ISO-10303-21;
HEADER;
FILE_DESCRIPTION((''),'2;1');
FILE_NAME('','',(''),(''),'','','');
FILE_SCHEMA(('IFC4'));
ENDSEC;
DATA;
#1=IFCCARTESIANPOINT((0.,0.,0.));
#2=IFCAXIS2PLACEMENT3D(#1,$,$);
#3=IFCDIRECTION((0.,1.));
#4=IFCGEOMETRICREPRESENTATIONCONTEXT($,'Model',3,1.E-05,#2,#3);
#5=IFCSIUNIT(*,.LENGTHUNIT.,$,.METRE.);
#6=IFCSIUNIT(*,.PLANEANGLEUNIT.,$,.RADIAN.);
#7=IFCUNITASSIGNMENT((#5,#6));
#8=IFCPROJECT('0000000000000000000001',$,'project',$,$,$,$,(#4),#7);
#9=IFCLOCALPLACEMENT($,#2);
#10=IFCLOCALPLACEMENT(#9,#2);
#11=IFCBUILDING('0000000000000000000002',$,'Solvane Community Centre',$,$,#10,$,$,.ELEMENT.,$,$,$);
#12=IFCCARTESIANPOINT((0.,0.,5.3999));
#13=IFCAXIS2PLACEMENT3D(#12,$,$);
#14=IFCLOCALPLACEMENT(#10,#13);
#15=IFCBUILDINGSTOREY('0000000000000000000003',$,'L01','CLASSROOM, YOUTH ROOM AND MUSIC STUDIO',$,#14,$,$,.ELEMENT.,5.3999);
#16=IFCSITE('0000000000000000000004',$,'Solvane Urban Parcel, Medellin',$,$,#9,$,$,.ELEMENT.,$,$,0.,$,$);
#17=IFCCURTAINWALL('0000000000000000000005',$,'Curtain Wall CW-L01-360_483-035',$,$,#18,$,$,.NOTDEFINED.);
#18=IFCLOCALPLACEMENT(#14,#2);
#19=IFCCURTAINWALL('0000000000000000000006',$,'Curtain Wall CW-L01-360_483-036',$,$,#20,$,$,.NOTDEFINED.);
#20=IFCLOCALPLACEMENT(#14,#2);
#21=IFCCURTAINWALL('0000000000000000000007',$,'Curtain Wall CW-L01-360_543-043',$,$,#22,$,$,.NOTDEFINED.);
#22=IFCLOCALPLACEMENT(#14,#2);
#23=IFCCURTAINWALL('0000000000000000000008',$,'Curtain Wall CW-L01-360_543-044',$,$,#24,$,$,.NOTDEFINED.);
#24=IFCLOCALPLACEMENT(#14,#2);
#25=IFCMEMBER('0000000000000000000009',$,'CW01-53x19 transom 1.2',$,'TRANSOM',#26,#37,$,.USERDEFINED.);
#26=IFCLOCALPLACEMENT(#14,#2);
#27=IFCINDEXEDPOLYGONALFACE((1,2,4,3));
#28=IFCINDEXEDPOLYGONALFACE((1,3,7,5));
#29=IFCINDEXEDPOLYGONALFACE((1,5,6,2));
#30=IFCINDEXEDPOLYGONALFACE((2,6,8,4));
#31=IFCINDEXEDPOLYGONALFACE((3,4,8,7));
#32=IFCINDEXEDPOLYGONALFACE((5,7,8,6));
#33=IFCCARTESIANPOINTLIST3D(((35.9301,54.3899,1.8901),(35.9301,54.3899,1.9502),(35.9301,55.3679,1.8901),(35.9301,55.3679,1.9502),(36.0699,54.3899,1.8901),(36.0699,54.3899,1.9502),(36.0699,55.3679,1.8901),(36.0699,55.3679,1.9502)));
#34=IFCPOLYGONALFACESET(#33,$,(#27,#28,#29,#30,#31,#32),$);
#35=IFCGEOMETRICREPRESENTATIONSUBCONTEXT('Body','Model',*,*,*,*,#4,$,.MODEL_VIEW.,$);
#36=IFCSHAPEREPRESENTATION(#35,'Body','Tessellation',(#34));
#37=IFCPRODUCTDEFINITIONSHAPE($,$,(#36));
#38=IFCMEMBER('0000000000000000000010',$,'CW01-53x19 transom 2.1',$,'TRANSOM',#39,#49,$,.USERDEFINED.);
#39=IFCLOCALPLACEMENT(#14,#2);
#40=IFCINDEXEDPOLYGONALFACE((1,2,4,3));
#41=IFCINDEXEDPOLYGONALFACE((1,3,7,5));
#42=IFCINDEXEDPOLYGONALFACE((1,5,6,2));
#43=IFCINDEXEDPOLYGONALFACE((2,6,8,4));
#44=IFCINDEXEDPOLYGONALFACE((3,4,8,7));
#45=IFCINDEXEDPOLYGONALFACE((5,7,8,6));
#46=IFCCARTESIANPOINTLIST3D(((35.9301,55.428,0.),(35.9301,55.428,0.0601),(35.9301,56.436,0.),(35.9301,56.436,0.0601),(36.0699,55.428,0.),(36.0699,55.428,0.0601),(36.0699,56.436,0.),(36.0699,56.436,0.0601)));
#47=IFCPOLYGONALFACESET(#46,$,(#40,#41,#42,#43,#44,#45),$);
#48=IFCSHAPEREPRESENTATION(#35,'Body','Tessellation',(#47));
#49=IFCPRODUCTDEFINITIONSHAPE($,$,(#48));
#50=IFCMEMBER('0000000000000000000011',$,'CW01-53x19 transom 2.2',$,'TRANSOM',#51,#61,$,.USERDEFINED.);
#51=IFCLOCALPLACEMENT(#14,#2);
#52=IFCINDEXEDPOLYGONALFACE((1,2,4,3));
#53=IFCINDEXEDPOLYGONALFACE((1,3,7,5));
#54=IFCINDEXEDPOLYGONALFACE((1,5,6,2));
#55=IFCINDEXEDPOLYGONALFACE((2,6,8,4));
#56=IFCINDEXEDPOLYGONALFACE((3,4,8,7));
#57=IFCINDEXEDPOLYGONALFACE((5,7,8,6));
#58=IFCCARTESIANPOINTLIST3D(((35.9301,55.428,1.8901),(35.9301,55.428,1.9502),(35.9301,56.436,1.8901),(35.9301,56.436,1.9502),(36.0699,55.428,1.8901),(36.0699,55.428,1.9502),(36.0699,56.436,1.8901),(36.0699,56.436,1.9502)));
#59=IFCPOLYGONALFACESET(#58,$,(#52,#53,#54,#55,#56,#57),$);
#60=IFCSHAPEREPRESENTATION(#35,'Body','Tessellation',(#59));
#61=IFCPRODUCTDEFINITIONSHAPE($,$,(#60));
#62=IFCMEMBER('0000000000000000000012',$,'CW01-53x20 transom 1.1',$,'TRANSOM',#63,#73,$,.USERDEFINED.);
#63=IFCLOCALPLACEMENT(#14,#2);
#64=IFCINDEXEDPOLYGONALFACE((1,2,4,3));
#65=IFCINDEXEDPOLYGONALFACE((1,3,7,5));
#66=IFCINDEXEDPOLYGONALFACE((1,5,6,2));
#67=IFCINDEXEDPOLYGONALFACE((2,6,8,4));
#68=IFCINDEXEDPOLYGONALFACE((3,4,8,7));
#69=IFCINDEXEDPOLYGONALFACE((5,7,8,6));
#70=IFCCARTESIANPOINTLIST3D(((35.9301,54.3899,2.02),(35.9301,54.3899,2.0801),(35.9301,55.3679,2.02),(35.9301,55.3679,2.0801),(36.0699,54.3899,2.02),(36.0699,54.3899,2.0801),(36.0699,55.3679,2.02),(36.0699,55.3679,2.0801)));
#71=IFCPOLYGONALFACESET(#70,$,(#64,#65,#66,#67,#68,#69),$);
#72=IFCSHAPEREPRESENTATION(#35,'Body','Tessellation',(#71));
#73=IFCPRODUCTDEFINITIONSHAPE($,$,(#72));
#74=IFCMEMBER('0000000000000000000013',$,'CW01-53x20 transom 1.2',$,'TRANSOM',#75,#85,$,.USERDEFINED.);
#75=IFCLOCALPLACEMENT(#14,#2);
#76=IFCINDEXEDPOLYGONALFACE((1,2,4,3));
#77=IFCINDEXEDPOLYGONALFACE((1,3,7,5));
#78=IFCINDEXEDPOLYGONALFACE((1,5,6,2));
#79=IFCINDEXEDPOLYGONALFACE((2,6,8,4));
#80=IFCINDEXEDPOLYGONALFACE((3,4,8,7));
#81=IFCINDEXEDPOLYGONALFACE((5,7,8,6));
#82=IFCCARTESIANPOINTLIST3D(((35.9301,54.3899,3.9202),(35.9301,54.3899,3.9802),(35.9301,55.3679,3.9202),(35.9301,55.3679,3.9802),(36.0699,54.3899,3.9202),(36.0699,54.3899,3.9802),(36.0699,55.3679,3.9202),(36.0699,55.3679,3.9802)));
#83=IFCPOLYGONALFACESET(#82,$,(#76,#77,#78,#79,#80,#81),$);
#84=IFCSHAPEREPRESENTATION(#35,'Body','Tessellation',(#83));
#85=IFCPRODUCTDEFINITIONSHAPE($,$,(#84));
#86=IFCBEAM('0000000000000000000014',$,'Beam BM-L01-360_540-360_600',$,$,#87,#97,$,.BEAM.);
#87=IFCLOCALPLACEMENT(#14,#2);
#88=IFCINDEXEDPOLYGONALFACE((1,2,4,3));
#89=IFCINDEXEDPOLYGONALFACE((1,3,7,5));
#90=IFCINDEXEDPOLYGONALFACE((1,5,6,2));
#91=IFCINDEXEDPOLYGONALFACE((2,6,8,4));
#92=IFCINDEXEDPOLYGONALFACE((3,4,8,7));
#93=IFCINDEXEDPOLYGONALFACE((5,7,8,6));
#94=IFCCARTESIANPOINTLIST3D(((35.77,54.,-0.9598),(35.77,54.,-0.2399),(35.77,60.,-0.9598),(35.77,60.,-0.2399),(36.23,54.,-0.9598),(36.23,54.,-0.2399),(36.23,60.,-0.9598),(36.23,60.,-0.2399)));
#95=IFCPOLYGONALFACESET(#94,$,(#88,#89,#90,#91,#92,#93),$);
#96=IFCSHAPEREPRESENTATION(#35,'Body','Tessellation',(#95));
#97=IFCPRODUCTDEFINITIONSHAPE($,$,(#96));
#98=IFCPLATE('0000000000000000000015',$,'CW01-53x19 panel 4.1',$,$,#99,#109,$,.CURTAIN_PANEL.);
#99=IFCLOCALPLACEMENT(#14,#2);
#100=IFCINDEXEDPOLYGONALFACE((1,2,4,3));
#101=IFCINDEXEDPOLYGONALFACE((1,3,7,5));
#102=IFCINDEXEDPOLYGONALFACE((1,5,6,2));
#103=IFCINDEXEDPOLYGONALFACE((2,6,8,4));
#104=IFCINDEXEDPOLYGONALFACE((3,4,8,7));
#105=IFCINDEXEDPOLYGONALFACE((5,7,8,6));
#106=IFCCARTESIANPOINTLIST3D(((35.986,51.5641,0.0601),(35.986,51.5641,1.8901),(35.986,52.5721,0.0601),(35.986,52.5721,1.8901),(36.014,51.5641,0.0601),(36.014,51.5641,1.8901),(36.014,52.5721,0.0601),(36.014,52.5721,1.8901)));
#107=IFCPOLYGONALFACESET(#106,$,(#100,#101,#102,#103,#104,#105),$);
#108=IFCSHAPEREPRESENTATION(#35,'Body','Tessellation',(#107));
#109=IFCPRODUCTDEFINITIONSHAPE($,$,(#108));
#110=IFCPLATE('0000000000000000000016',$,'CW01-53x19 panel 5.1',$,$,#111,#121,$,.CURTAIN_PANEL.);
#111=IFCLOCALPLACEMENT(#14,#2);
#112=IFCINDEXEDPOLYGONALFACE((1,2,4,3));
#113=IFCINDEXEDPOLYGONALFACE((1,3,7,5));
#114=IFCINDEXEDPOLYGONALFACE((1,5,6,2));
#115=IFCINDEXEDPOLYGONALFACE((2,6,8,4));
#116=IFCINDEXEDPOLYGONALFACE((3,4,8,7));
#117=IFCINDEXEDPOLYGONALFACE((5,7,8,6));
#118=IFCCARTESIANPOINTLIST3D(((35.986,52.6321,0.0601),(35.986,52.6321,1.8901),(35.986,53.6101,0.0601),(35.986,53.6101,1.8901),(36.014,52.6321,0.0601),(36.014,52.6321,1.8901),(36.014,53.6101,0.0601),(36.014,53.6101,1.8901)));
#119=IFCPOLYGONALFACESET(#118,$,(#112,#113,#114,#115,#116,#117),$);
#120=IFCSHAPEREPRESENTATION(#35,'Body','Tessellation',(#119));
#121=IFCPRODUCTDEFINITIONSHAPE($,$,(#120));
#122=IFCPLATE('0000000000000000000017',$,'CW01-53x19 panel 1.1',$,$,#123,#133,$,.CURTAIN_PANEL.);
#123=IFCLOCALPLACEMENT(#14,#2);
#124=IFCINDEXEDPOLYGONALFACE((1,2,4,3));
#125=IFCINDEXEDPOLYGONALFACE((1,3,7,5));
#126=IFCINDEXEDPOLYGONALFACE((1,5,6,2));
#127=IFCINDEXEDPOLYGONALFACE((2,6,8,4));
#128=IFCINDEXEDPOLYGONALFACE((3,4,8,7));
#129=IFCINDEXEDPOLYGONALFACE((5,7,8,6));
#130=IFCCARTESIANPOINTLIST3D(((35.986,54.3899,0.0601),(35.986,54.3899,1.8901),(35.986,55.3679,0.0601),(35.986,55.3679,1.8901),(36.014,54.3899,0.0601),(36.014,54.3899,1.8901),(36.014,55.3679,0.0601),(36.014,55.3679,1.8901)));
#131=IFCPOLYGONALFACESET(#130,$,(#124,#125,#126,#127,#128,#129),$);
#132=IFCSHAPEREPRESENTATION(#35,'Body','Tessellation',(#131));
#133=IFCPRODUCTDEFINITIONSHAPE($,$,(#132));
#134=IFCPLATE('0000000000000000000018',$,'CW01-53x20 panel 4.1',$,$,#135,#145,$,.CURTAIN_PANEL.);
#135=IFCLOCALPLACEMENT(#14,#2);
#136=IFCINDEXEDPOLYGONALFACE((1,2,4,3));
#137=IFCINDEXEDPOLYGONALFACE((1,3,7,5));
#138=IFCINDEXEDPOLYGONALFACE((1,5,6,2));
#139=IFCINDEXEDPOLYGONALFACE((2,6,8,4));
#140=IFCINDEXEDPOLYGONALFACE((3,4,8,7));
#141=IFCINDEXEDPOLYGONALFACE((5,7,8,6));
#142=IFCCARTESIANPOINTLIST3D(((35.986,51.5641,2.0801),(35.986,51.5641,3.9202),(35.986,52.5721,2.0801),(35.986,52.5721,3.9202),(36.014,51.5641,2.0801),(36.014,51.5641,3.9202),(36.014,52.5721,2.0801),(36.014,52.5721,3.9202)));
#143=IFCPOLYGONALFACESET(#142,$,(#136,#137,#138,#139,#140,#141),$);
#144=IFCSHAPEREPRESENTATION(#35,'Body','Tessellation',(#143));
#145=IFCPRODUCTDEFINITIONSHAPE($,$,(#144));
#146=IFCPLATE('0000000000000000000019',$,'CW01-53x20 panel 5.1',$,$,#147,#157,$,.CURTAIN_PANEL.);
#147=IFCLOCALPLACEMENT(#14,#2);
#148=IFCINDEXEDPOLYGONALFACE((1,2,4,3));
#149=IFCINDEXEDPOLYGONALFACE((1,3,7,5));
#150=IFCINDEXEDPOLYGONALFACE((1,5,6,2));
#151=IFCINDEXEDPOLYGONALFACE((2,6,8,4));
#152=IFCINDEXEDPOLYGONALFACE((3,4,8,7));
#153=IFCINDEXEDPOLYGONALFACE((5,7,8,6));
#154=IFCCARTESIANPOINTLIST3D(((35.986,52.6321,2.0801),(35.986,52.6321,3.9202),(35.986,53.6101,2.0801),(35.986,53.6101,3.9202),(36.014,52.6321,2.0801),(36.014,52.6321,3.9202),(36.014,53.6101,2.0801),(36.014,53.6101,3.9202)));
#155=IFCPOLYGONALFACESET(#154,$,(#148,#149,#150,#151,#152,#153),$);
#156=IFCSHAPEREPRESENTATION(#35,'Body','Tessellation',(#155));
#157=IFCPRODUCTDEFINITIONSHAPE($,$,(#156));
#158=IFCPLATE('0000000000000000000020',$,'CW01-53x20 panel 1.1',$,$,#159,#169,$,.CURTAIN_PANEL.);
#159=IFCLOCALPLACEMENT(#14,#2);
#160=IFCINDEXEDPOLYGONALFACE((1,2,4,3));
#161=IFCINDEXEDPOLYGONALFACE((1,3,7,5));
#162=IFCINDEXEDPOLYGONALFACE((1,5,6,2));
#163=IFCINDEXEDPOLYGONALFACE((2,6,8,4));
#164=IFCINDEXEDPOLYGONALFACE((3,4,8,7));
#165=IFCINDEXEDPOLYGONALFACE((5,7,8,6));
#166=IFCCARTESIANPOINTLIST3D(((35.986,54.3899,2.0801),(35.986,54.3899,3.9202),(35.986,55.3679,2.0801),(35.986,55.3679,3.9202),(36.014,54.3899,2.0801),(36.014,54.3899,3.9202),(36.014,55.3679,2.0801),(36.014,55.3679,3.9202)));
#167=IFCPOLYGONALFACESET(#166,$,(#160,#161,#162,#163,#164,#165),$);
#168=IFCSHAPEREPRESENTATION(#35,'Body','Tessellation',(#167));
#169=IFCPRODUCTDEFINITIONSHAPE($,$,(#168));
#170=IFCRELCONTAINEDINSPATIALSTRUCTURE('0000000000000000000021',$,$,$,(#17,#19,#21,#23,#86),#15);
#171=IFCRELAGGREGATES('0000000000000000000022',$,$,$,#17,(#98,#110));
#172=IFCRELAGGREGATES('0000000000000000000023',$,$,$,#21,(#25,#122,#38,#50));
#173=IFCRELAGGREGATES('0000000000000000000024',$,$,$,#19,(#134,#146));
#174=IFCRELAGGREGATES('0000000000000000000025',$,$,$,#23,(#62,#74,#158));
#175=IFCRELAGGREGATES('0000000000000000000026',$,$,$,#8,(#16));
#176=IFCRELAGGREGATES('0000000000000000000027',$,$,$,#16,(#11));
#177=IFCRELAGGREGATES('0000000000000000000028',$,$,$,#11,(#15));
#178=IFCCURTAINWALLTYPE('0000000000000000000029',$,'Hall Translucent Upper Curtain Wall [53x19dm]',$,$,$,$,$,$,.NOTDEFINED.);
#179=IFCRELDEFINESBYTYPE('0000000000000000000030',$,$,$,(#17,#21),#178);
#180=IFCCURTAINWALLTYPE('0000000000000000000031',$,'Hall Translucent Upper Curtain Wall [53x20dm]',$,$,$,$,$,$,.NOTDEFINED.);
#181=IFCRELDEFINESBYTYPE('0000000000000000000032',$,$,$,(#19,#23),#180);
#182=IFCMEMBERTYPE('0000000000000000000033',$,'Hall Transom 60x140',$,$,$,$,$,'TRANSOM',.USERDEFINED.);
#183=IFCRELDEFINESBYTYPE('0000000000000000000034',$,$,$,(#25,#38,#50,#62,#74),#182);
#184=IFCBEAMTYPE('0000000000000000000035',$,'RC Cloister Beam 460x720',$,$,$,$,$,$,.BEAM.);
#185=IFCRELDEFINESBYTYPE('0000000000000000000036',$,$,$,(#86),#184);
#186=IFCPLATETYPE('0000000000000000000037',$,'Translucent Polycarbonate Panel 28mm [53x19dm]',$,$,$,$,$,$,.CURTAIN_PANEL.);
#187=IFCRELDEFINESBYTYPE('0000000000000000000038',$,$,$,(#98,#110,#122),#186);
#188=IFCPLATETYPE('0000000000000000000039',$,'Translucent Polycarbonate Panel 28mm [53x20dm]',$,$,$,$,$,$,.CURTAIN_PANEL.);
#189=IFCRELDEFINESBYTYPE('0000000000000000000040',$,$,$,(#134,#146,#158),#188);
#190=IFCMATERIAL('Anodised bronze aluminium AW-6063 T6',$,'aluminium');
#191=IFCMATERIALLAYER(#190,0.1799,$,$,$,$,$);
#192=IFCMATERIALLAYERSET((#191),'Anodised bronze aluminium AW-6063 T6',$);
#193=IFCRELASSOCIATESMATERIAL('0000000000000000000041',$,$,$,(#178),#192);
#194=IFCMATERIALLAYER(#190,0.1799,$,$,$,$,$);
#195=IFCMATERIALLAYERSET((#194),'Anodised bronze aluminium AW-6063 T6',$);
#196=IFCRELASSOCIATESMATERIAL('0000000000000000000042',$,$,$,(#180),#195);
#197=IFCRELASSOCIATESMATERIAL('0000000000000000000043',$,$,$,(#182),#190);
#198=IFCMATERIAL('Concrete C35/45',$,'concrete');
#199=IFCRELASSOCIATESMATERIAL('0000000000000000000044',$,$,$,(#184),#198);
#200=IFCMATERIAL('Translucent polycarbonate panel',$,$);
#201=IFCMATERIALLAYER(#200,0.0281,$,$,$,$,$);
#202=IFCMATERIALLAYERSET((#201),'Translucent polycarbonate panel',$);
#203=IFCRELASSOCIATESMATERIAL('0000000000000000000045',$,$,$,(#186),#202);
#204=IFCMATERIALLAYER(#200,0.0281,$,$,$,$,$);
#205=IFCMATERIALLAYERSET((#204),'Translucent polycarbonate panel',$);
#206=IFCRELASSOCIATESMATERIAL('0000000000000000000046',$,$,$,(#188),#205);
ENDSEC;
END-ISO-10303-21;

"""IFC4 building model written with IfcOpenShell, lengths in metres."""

from ifc_helpers import new_model, si_unit, direction, frame, origin, origin_2d, place, context, subcontext, project, spatial, rectangle, extrude, material, layer, layer_set, material_profile, profile_set, type_object, element, aggregate, save


model = new_model("IFC4")

# Units and contexts
model_context = context("Model", 3, precision=1e-05, world=origin(), true_north=direction((0.0, 1.0)))
body_context = subcontext(model_context, "Body", "Model", "MODEL_VIEW")
ifc_project = project(units=[si_unit("LENGTHUNIT", "METRE"), si_unit("PLANEANGLEUNIT", "RADIAN")], contexts=[model_context])

# Site, building, storey
site_placement = place(None, origin())
site = spatial("IfcSite", under=ifc_project, at=site_placement, Name="Solvane Urban Parcel, Medellin", CompositionType="ELEMENT", RefElevation=0.0)
building_placement = place(site_placement, origin())
building = spatial("IfcBuilding", under=site, at=building_placement, Name="Solvane Community Centre", CompositionType="ELEMENT")
storey_placement = place(building_placement, frame((0.0, 0.0, 5.3999)))
storey = spatial("IfcBuildingStorey", under=building, at=storey_placement, Name="L01", Description="CLASSROOM, YOUTH ROOM AND MUSIC STUDIO", CompositionType="ELEMENT", Elevation=5.3999)

# Shared definitions
ifc_material_1 = material(Name="Concrete C35/45", Category="concrete")

# Curtain walls
ifc_material_2 = material(Name="Anodised bronze aluminium AW-6063 T6", Category="aluminium")
ifc_layer_1 = layer(ifc_material_2, 0.1799)
ifc_layer_set_1 = layer_set([ifc_layer_1], Name="Anodised bronze aluminium AW-6063 T6")
curtain_wall_type_1 = type_object("IfcCurtainWallType", Name="Hall Translucent Upper Curtain Wall [53x19dm]", PredefinedType="NOTDEFINED", material=ifc_layer_set_1)
curtain_wall_1_placement = place(storey_placement, origin())
curtain_wall_1 = element("IfcCurtainWall", 1, at=curtain_wall_1_placement, inside=storey, type_object=curtain_wall_type_1, Name="Curtain Wall CW-L01-360_483-035", PredefinedType="NOTDEFINED")
ifc_layer_2 = layer(ifc_material_2, 0.1799)
ifc_layer_set_2 = layer_set([ifc_layer_2], Name="Anodised bronze aluminium AW-6063 T6")
curtain_wall_type_2 = type_object("IfcCurtainWallType", Name="Hall Translucent Upper Curtain Wall [53x20dm]", PredefinedType="NOTDEFINED", material=ifc_layer_set_2)
curtain_wall_2_placement = place(storey_placement, origin())
curtain_wall_2 = element("IfcCurtainWall", 2, at=curtain_wall_2_placement, inside=storey, type_object=curtain_wall_type_2, Name="Curtain Wall CW-L01-360_483-036", PredefinedType="NOTDEFINED")
curtain_wall_3_placement = place(storey_placement, origin())
curtain_wall_3 = element("IfcCurtainWall", 3, at=curtain_wall_3_placement, inside=storey, type_object=curtain_wall_type_1, Name="Curtain Wall CW-L01-360_543-043", PredefinedType="NOTDEFINED")
curtain_wall_4_placement = place(storey_placement, origin())
curtain_wall_4 = element("IfcCurtainWall", 4, at=curtain_wall_4_placement, inside=storey, type_object=curtain_wall_type_2, Name="Curtain Wall CW-L01-360_543-044", PredefinedType="NOTDEFINED")

# Members
ifc_material_profile_1 = material_profile(ifc_material_2, rectangle(XDim=0.1399, YDim=0.0601, at=origin_2d()), Name="CW-T 60x140")
ifc_profile_set_1 = profile_set([ifc_material_profile_1], Name="Anodised bronze aluminium AW-6063 T6")
member_type_1 = type_object("IfcMemberType", Name="Hall Transom 60x140", ElementType="TRANSOM", PredefinedType="USERDEFINED", material=ifc_profile_set_1)
member_1_placement = place(storey_placement, frame((36.0, 54.3899, 1.9202), z_axis=(0.0, 1.0, 0.0), x_axis=(-1.0, 0.0, 0.0)))
member_1 = element("IfcMember", 5, at=member_1_placement, type_object=member_type_1, Name="CW01-53x19 transom 1.2", ObjectType="TRANSOM", PredefinedType="USERDEFINED", context=body_context, shape_type="SweptSolid", body=[
    extrude(rectangle(XDim=0.1399, YDim=0.0601, at=origin_2d()), origin(), (0.0, 0.0, 1.0), 0.978),
])
member_2_placement = place(storey_placement, frame((36.0, 55.428, 0.03), z_axis=(0.0, 1.0, 0.0), x_axis=(-1.0, 0.0, 0.0)))
member_2 = element("IfcMember", 6, at=member_2_placement, type_object=member_type_1, Name="CW01-53x19 transom 2.1", ObjectType="TRANSOM", PredefinedType="USERDEFINED", context=body_context, shape_type="SweptSolid", body=[
    extrude(rectangle(XDim=0.1399, YDim=0.0601, at=origin_2d()), origin(), (0.0, 0.0, 1.0), 1.0081),
])
member_3_placement = place(storey_placement, frame((36.0, 55.428, 1.9202), z_axis=(0.0, 1.0, 0.0), x_axis=(-1.0, 0.0, 0.0)))
member_3 = element("IfcMember", 7, at=member_3_placement, type_object=member_type_1, Name="CW01-53x19 transom 2.2", ObjectType="TRANSOM", PredefinedType="USERDEFINED", context=body_context, shape_type="SweptSolid", body=[
    extrude(rectangle(XDim=0.1399, YDim=0.0601, at=origin_2d()), origin(), (0.0, 0.0, 1.0), 1.0081),
])
member_4_placement = place(storey_placement, frame((36.0, 54.3899, 2.05), z_axis=(0.0, 1.0, 0.0), x_axis=(-1.0, 0.0, 0.0)))
member_4 = element("IfcMember", 8, at=member_4_placement, type_object=member_type_1, Name="CW01-53x20 transom 1.1", ObjectType="TRANSOM", PredefinedType="USERDEFINED", context=body_context, shape_type="SweptSolid", body=[
    extrude(rectangle(XDim=0.1399, YDim=0.0601, at=origin_2d()), origin(), (0.0, 0.0, 1.0), 0.978),
])
member_5_placement = place(storey_placement, frame((36.0, 54.3899, 3.9502), z_axis=(0.0, 1.0, 0.0), x_axis=(-1.0, 0.0, 0.0)))
member_5 = element("IfcMember", 9, at=member_5_placement, type_object=member_type_1, Name="CW01-53x20 transom 1.2", ObjectType="TRANSOM", PredefinedType="USERDEFINED", context=body_context, shape_type="SweptSolid", body=[
    extrude(rectangle(XDim=0.1399, YDim=0.0601, at=origin_2d()), origin(), (0.0, 0.0, 1.0), 0.978),
])

# Beam
ifc_material_profile_2 = material_profile(ifc_material_1, rectangle(XDim=0.46, YDim=0.72, at=origin_2d()), Name="RC 460x720")
ifc_profile_set_2 = profile_set([ifc_material_profile_2], Name="Concrete C35/45")
beam_type = type_object("IfcBeamType", Name="RC Cloister Beam 460x720", PredefinedType="BEAM", material=ifc_profile_set_2)
beam_placement = place(storey_placement, frame((36.0, 54.0, -0.5999), z_axis=(0.0, 1.0, 0.0), x_axis=(-1.0, 0.0, 0.0)))
element("IfcBeam", 10, at=beam_placement, inside=storey, type_object=beam_type, Name="Beam BM-L01-360_540-360_600", PredefinedType="BEAM", context=body_context, shape_type="SweptSolid", body=[
    extrude(rectangle(XDim=0.46, YDim=0.72, at=origin_2d()), origin(), (0.0, 0.0, 1.0), 6.0),
])

# Plates
ifc_material_3 = material(Name="Translucent polycarbonate panel")
ifc_layer_3 = layer(ifc_material_3, 0.0281)
ifc_layer_set_3 = layer_set([ifc_layer_3], Name="Translucent polycarbonate panel")
plate_type_1 = type_object("IfcPlateType", Name="Translucent Polycarbonate Panel 28mm [53x19dm]", PredefinedType="CURTAIN_PANEL", material=ifc_layer_set_3)
plate_1_placement = place(storey_placement, frame((36.0, 52.0681, 0.0601), z_axis=(0.0, 0.0, 1.0), x_axis=(0.0, 1.0, 0.0)))
plate_1 = element("IfcPlate", 11, at=plate_1_placement, type_object=plate_type_1, Name="CW01-53x19 panel 4.1", PredefinedType="CURTAIN_PANEL", context=body_context, shape_type="SweptSolid", body=[
    extrude(rectangle(XDim=1.0081, YDim=0.0281, at=origin_2d()), origin(), (0.0, 0.0, 1.0), 1.8301),
])
plate_2_placement = place(storey_placement, frame((36.0, 53.1211, 0.0601), z_axis=(0.0, 0.0, 1.0), x_axis=(0.0, 1.0, 0.0)))
plate_2 = element("IfcPlate", 12, at=plate_2_placement, type_object=plate_type_1, Name="CW01-53x19 panel 5.1", PredefinedType="CURTAIN_PANEL", context=body_context, shape_type="SweptSolid", body=[
    extrude(rectangle(XDim=0.978, YDim=0.0281, at=origin_2d()), origin(), (0.0, 0.0, 1.0), 1.8301),
])
aggregate(curtain_wall_1, [plate_1, plate_2])
plate_3_placement = place(storey_placement, frame((36.0, 54.8789, 0.0601), z_axis=(0.0, 0.0, 1.0), x_axis=(0.0, 1.0, 0.0)))
plate_3 = element("IfcPlate", 13, at=plate_3_placement, type_object=plate_type_1, Name="CW01-53x19 panel 1.1", PredefinedType="CURTAIN_PANEL", context=body_context, shape_type="SweptSolid", body=[
    extrude(rectangle(XDim=0.978, YDim=0.0281, at=origin_2d()), origin(), (0.0, 0.0, 1.0), 1.8301),
])
aggregate(curtain_wall_3, [member_1, plate_3, member_2, member_3])
ifc_layer_4 = layer(ifc_material_3, 0.0281)
ifc_layer_set_4 = layer_set([ifc_layer_4], Name="Translucent polycarbonate panel")
plate_type_2 = type_object("IfcPlateType", Name="Translucent Polycarbonate Panel 28mm [53x20dm]", PredefinedType="CURTAIN_PANEL", material=ifc_layer_set_4)
plate_4_placement = place(storey_placement, frame((36.0, 52.0681, 2.0801), z_axis=(0.0, 0.0, 1.0), x_axis=(0.0, 1.0, 0.0)))
plate_4 = element("IfcPlate", 14, at=plate_4_placement, type_object=plate_type_2, Name="CW01-53x20 panel 4.1", PredefinedType="CURTAIN_PANEL", context=body_context, shape_type="SweptSolid", body=[
    extrude(rectangle(XDim=1.0081, YDim=0.0281, at=origin_2d()), origin(), (0.0, 0.0, 1.0), 1.8401),
])
plate_5_placement = place(storey_placement, frame((36.0, 53.1211, 2.0801), z_axis=(0.0, 0.0, 1.0), x_axis=(0.0, 1.0, 0.0)))
plate_5 = element("IfcPlate", 15, at=plate_5_placement, type_object=plate_type_2, Name="CW01-53x20 panel 5.1", PredefinedType="CURTAIN_PANEL", context=body_context, shape_type="SweptSolid", body=[
    extrude(rectangle(XDim=0.978, YDim=0.0281, at=origin_2d()), origin(), (0.0, 0.0, 1.0), 1.8401),
])
aggregate(curtain_wall_2, [plate_4, plate_5])
plate_6_placement = place(storey_placement, frame((36.0, 54.8789, 2.0801), z_axis=(0.0, 0.0, 1.0), x_axis=(0.0, 1.0, 0.0)))
plate_6 = element("IfcPlate", 16, at=plate_6_placement, type_object=plate_type_2, Name="CW01-53x20 panel 1.1", PredefinedType="CURTAIN_PANEL", context=body_context, shape_type="SweptSolid", body=[
    extrude(rectangle(XDim=0.978, YDim=0.0281, at=origin_2d()), origin(), (0.0, 0.0, 1.0), 1.8401),
])
aggregate(curtain_wall_4, [member_4, member_5, plate_6])

save(model, "model.ifc")
